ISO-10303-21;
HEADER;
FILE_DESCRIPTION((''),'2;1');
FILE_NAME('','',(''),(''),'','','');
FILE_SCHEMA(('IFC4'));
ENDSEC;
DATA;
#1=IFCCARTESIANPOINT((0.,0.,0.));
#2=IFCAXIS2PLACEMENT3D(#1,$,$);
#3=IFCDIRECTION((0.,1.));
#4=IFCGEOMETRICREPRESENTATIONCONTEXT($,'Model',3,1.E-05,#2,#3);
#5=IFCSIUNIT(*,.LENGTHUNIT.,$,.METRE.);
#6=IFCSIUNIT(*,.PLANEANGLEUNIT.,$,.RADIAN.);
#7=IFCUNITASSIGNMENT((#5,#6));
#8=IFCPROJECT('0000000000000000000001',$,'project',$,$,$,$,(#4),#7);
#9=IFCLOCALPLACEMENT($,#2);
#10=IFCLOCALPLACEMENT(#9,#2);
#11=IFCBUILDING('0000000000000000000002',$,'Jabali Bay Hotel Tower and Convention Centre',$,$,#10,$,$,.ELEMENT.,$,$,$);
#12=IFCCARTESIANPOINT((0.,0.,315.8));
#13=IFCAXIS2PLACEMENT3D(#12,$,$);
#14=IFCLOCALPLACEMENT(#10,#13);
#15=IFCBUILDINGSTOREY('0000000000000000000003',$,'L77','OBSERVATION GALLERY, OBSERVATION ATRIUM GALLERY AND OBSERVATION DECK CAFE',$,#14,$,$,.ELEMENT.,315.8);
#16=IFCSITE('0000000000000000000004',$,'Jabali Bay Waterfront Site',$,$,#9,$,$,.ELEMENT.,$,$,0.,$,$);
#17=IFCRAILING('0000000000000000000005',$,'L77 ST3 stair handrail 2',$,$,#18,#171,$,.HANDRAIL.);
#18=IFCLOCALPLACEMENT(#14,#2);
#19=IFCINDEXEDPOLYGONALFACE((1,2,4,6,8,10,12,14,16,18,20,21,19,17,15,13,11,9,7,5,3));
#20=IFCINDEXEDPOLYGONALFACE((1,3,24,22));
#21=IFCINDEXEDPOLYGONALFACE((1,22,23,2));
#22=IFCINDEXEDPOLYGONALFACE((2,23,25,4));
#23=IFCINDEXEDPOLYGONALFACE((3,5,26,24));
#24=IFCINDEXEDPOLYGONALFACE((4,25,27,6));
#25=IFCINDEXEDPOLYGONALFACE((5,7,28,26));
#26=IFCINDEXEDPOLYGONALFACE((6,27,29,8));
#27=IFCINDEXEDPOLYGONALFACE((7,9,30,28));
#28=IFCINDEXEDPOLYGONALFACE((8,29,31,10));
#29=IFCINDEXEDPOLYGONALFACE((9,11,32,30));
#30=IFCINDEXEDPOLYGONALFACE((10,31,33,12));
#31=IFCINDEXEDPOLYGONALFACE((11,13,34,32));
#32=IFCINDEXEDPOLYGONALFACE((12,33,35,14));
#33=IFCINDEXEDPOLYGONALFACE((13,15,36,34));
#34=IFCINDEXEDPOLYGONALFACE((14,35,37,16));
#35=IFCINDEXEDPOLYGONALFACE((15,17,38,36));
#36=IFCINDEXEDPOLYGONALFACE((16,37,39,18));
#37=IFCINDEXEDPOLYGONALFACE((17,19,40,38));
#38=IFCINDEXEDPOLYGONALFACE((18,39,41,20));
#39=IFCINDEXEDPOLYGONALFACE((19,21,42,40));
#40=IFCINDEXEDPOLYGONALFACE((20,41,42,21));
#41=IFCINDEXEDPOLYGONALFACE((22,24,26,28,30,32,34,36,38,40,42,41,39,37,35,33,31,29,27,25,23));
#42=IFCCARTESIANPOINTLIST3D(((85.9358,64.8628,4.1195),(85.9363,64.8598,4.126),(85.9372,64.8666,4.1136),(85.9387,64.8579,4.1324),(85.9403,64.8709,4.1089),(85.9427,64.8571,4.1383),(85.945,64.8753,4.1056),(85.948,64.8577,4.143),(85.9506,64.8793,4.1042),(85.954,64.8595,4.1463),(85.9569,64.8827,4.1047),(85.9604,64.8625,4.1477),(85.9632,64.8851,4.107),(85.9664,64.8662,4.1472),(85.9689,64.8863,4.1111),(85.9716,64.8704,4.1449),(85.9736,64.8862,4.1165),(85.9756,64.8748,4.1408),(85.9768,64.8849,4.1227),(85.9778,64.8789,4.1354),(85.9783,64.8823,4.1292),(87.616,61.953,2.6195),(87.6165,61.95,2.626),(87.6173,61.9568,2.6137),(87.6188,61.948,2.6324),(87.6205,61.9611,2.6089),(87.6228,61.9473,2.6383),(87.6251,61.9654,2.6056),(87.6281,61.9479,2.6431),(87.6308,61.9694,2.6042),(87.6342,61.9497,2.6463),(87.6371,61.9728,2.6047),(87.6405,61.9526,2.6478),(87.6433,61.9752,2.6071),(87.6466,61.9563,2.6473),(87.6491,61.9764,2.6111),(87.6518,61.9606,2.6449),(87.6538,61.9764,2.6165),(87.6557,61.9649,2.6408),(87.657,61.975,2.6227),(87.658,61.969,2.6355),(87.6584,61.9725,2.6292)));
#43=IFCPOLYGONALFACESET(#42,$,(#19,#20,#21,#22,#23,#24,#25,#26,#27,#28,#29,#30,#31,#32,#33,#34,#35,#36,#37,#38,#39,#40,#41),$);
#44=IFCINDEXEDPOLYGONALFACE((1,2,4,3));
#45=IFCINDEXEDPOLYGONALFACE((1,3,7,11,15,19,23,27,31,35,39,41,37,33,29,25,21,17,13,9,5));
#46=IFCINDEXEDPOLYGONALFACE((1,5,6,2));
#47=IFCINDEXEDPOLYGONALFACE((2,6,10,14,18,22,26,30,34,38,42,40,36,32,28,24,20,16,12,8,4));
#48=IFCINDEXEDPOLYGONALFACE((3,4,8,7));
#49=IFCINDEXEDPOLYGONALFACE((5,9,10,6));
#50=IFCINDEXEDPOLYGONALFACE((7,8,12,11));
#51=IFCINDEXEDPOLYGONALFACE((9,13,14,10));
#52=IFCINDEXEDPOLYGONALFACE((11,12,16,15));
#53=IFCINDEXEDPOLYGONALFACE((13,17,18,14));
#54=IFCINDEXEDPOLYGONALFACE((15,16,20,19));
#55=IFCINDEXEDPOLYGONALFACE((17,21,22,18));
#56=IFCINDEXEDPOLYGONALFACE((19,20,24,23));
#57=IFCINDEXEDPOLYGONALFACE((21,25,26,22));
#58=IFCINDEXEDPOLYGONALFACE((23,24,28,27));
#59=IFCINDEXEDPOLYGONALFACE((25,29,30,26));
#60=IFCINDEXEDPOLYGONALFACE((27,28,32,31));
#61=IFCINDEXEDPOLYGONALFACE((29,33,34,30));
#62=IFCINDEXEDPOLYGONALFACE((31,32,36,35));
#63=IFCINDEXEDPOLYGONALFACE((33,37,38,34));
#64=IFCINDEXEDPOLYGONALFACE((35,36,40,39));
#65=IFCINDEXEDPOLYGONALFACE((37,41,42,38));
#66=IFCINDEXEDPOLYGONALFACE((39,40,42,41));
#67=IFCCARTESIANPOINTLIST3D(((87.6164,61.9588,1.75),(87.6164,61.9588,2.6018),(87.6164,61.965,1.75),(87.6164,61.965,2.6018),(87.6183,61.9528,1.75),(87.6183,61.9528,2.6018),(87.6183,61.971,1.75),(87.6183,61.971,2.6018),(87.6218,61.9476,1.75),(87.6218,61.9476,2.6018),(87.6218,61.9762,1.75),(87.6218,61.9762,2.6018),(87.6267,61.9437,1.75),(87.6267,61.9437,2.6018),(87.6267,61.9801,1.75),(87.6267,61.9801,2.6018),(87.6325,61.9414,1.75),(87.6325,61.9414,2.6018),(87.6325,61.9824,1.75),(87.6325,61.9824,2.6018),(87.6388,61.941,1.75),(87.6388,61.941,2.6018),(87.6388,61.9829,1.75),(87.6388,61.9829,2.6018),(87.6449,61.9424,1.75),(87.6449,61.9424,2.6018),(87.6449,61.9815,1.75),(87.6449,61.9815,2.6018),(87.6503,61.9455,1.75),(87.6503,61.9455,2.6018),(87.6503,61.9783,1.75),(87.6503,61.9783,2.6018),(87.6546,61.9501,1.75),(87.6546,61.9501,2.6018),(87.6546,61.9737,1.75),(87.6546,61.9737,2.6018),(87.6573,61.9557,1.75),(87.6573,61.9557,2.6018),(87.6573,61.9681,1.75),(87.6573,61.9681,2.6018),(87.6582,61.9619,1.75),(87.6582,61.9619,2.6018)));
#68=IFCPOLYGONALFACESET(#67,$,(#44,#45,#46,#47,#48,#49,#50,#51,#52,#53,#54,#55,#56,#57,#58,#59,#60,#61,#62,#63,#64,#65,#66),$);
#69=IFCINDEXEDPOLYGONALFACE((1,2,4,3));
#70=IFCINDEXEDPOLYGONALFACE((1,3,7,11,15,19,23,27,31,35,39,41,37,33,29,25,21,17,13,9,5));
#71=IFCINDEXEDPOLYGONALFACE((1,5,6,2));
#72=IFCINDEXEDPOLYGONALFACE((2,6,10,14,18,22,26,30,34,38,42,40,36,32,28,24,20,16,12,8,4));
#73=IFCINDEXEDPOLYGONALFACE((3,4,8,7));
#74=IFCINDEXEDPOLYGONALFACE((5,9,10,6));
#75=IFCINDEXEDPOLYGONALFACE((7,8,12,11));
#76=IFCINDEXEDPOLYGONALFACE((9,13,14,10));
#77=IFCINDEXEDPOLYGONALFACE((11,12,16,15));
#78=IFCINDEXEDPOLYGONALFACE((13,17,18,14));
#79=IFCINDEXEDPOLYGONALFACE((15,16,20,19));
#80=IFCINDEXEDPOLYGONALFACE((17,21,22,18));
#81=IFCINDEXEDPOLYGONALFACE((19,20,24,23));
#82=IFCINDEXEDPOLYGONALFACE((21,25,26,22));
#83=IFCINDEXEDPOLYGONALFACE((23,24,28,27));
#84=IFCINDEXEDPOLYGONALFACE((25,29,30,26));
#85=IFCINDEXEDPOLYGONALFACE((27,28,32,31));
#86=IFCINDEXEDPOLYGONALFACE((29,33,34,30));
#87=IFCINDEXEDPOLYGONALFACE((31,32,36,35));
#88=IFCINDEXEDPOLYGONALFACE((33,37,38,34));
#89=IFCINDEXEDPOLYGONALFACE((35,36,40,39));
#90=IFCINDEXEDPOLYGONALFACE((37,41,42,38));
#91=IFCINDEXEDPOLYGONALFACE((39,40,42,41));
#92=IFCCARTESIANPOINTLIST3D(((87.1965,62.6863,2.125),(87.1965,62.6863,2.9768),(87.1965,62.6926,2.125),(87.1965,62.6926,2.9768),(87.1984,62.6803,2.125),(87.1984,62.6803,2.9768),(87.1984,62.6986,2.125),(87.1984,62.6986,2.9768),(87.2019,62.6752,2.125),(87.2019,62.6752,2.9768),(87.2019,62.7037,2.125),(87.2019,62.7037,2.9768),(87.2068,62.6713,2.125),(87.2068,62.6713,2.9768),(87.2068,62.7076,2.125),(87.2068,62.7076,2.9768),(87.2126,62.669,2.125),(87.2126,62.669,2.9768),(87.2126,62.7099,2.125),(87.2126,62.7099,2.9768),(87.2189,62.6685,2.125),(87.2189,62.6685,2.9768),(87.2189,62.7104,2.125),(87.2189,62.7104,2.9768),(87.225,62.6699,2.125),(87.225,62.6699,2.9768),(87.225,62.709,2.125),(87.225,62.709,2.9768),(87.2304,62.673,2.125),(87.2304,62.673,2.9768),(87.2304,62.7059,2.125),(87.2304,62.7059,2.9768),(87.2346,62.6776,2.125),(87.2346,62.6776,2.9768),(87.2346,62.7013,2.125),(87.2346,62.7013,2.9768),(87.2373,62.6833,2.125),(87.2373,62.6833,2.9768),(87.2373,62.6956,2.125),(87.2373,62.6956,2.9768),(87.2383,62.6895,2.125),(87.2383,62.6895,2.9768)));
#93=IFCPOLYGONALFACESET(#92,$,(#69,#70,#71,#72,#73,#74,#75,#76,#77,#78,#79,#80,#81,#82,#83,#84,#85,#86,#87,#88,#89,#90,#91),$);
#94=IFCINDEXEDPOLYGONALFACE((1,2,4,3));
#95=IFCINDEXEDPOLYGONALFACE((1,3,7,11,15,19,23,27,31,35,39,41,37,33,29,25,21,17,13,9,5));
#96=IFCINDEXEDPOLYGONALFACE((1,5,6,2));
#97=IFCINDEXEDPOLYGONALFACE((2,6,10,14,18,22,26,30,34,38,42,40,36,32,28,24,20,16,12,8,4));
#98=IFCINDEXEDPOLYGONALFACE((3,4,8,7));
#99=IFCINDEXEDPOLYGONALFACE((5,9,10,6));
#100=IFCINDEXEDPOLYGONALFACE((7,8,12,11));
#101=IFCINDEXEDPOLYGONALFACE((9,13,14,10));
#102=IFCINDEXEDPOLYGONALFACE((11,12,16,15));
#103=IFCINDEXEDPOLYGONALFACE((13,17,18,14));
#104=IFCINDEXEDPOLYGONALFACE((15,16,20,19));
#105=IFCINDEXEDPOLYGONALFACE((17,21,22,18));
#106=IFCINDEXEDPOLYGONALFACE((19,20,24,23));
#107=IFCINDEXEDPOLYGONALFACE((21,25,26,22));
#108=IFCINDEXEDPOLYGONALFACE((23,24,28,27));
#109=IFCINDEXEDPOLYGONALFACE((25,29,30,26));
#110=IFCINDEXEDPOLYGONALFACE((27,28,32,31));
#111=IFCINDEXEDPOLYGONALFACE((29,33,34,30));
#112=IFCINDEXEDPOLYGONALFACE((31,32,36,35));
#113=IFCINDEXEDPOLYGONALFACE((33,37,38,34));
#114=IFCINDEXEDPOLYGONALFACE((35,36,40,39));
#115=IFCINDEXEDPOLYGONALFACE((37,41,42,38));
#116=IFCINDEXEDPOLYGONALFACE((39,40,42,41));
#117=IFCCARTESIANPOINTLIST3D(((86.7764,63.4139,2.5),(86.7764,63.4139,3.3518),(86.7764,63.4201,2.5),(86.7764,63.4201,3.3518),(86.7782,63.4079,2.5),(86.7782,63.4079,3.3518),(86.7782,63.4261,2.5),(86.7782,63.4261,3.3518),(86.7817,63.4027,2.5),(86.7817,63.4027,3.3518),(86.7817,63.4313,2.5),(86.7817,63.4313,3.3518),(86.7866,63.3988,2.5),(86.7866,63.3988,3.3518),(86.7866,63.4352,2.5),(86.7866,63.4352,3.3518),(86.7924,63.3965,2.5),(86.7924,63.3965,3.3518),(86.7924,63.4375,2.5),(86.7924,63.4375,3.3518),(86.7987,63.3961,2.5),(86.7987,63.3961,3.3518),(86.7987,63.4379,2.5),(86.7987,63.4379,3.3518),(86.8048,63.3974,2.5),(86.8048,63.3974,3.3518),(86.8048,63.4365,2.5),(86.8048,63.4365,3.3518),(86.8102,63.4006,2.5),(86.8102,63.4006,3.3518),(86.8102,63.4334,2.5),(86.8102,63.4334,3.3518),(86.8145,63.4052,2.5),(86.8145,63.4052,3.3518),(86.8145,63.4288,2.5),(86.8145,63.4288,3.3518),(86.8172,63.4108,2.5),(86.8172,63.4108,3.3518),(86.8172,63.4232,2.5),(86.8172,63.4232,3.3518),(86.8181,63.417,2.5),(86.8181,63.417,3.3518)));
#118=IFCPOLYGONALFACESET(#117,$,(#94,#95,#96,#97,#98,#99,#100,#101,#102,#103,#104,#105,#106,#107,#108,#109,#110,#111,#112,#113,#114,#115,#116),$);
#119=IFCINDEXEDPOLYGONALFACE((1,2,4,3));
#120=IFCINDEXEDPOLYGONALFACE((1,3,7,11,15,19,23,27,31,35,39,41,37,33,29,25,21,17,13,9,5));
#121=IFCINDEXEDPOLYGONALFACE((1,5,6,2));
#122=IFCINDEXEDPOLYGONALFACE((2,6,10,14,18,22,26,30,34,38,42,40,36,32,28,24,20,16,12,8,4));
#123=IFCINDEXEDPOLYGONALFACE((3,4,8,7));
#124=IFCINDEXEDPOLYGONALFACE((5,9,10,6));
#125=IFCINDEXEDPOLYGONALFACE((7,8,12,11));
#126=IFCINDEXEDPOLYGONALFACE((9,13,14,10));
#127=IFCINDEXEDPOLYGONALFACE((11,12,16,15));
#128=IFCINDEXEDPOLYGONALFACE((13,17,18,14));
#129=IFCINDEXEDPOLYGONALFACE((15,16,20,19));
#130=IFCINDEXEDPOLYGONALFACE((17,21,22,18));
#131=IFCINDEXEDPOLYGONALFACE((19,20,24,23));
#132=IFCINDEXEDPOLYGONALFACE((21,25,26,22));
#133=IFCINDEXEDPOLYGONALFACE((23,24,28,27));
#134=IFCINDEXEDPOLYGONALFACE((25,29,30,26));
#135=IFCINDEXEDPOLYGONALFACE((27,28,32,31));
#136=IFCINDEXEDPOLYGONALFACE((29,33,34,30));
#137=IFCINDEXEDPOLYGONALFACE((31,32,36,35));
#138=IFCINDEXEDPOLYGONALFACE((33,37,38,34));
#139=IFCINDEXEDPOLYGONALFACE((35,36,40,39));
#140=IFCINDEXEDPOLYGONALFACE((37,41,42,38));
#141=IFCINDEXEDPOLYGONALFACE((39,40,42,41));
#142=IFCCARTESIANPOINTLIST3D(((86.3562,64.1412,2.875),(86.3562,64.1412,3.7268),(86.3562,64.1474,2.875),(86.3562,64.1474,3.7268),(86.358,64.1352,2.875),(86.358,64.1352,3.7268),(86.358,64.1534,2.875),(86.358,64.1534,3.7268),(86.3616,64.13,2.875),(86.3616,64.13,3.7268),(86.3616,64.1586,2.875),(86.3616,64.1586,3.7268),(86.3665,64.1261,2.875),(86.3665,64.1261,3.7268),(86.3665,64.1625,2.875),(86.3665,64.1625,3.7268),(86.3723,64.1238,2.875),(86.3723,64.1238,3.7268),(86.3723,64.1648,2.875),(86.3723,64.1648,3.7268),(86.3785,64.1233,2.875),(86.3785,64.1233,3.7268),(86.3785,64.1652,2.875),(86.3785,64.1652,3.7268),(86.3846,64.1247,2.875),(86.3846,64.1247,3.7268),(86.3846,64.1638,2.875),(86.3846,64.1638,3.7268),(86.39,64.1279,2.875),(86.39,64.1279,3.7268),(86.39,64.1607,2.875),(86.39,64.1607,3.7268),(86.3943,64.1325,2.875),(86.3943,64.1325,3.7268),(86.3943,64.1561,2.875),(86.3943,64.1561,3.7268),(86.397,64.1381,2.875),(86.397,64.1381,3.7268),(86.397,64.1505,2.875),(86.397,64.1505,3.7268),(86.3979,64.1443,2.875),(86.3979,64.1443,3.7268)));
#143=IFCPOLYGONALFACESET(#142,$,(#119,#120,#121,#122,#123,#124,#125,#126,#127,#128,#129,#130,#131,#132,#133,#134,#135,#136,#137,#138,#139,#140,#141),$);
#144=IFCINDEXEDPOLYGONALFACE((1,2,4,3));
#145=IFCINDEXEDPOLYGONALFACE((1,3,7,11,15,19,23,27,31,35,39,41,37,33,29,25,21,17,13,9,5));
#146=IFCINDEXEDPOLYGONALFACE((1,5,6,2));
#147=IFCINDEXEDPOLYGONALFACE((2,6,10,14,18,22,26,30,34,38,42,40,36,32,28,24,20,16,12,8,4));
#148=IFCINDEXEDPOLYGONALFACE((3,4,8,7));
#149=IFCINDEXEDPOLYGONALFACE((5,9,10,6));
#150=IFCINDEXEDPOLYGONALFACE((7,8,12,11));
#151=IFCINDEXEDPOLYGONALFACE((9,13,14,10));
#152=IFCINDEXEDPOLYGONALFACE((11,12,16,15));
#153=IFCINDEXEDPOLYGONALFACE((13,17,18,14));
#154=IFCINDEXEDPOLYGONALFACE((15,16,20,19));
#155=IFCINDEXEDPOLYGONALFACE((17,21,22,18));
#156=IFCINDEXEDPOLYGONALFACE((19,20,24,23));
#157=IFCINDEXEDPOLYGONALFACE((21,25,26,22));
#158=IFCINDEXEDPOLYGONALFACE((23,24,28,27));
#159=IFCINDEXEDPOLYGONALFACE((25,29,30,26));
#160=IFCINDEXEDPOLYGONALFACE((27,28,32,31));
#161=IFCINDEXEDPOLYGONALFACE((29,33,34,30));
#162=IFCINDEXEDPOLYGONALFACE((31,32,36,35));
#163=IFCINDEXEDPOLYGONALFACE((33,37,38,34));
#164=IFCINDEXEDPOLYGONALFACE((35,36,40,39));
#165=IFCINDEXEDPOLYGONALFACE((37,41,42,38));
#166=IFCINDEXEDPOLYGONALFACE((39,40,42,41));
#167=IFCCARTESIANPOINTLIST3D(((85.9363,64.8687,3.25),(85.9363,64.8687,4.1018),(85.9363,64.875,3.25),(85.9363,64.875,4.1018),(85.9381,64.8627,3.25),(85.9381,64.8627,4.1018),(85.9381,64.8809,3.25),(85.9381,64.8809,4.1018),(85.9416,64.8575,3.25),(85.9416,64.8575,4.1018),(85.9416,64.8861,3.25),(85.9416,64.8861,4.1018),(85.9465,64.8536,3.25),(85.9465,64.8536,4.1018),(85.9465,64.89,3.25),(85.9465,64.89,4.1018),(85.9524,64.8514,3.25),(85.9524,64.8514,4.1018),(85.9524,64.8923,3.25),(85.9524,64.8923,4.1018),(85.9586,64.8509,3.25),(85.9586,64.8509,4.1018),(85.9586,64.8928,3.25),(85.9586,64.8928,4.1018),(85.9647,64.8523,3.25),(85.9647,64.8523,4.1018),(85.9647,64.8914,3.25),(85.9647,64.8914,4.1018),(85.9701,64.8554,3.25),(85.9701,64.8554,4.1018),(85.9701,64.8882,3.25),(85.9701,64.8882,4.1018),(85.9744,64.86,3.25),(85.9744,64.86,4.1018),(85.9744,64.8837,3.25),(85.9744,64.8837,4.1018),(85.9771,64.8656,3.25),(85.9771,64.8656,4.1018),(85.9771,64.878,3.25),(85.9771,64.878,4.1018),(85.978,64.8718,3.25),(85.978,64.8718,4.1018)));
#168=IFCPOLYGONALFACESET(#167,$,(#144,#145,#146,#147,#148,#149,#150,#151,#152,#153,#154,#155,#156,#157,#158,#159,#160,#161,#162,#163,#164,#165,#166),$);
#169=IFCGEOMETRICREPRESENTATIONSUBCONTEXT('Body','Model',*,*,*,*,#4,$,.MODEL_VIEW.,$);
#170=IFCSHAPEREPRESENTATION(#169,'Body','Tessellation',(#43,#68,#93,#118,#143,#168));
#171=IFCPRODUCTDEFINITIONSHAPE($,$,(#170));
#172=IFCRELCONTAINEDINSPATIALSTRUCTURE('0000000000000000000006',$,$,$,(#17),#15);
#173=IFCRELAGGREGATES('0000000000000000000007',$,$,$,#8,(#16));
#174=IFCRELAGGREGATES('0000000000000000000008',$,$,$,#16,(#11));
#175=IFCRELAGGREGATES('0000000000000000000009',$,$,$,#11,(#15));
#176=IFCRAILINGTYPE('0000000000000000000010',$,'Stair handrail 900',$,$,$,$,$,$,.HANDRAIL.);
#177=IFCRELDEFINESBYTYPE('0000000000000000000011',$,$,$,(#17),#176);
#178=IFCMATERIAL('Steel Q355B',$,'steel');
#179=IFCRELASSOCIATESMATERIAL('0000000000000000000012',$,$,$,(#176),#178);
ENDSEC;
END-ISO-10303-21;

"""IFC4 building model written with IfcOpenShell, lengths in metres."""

from ifc_helpers import new_model, si_unit, direction, frame, origin, origin_2d, place, context, subcontext, project, spatial, circle, extrude, material, type_object, element, save


model = new_model("IFC4")

# Units and contexts
model_context = context("Model", 3, precision=1e-05, world=origin(), true_north=direction((0.0, 1.0)))
body_context = subcontext(model_context, "Body", "Model", "MODEL_VIEW")
ifc_project = project(units=[si_unit("LENGTHUNIT", "METRE"), si_unit("PLANEANGLEUNIT", "RADIAN")], contexts=[model_context])

# Site, building, storey
site_placement = place(None, origin())
site = spatial("IfcSite", under=ifc_project, at=site_placement, Name="Jabali Bay Waterfront Site", CompositionType="ELEMENT", RefElevation=0.0)
building_placement = place(site_placement, origin())
building = spatial("IfcBuilding", under=site, at=building_placement, Name="Jabali Bay Hotel Tower and Convention Centre", CompositionType="ELEMENT")
storey_placement = place(building_placement, frame((0.0, 0.0, 315.8)))
storey = spatial("IfcBuildingStorey", under=building, at=storey_placement, Name="L77", Description="OBSERVATION GALLERY, OBSERVATION ATRIUM GALLERY AND OBSERVATION DECK CAFE", CompositionType="ELEMENT", Elevation=315.8)

# Railing
ifc_material_1 = material(Name="Steel Q355B", Category="steel")
railing_type_1 = type_object("IfcRailingType", Name="Stair handrail 900", PredefinedType="HANDRAIL", material=ifc_material_1)
railing_1_placement = place(storey_placement, frame((87.6372, 61.9619, 1.75)))
element("IfcRailing", 1, at=railing_1_placement, inside=storey, type_object=railing_type_1, Name="L77 ST3 stair handrail 2", PredefinedType="HANDRAIL", context=body_context, shape_type="SweptSolid", body=[
    extrude(circle(Radius=0.0239, at=origin_2d()), frame((0.0, 0.0, 0.876), z_axis=(-0.4566, 0.79079, 0.407636), x_axis=(-0.866008, -0.500031, 0.0)), (0.0, 0.0, 1.0), 3.6797),
    extrude(circle(Radius=0.021, at=origin_2d()), origin(), (0.0, 0.0, 1.0), 0.8518),
    extrude(circle(Radius=0.021, at=origin_2d()), frame((-0.4199, 0.7275, 0.375)), (0.0, 0.0, 1.0), 0.8518),
    extrude(circle(Radius=0.021, at=origin_2d()), frame((-0.8401, 1.4551, 0.75)), (0.0, 0.0, 1.0), 0.8518),
    extrude(circle(Radius=0.021, at=origin_2d()), frame((-1.2603, 2.1824, 1.125)), (0.0, 0.0, 1.0), 0.8518),
    extrude(circle(Radius=0.021, at=origin_2d()), frame((-1.6802, 2.9099, 1.5)), (0.0, 0.0, 1.0), 0.8518),
])

save(model, "model.ifc")
